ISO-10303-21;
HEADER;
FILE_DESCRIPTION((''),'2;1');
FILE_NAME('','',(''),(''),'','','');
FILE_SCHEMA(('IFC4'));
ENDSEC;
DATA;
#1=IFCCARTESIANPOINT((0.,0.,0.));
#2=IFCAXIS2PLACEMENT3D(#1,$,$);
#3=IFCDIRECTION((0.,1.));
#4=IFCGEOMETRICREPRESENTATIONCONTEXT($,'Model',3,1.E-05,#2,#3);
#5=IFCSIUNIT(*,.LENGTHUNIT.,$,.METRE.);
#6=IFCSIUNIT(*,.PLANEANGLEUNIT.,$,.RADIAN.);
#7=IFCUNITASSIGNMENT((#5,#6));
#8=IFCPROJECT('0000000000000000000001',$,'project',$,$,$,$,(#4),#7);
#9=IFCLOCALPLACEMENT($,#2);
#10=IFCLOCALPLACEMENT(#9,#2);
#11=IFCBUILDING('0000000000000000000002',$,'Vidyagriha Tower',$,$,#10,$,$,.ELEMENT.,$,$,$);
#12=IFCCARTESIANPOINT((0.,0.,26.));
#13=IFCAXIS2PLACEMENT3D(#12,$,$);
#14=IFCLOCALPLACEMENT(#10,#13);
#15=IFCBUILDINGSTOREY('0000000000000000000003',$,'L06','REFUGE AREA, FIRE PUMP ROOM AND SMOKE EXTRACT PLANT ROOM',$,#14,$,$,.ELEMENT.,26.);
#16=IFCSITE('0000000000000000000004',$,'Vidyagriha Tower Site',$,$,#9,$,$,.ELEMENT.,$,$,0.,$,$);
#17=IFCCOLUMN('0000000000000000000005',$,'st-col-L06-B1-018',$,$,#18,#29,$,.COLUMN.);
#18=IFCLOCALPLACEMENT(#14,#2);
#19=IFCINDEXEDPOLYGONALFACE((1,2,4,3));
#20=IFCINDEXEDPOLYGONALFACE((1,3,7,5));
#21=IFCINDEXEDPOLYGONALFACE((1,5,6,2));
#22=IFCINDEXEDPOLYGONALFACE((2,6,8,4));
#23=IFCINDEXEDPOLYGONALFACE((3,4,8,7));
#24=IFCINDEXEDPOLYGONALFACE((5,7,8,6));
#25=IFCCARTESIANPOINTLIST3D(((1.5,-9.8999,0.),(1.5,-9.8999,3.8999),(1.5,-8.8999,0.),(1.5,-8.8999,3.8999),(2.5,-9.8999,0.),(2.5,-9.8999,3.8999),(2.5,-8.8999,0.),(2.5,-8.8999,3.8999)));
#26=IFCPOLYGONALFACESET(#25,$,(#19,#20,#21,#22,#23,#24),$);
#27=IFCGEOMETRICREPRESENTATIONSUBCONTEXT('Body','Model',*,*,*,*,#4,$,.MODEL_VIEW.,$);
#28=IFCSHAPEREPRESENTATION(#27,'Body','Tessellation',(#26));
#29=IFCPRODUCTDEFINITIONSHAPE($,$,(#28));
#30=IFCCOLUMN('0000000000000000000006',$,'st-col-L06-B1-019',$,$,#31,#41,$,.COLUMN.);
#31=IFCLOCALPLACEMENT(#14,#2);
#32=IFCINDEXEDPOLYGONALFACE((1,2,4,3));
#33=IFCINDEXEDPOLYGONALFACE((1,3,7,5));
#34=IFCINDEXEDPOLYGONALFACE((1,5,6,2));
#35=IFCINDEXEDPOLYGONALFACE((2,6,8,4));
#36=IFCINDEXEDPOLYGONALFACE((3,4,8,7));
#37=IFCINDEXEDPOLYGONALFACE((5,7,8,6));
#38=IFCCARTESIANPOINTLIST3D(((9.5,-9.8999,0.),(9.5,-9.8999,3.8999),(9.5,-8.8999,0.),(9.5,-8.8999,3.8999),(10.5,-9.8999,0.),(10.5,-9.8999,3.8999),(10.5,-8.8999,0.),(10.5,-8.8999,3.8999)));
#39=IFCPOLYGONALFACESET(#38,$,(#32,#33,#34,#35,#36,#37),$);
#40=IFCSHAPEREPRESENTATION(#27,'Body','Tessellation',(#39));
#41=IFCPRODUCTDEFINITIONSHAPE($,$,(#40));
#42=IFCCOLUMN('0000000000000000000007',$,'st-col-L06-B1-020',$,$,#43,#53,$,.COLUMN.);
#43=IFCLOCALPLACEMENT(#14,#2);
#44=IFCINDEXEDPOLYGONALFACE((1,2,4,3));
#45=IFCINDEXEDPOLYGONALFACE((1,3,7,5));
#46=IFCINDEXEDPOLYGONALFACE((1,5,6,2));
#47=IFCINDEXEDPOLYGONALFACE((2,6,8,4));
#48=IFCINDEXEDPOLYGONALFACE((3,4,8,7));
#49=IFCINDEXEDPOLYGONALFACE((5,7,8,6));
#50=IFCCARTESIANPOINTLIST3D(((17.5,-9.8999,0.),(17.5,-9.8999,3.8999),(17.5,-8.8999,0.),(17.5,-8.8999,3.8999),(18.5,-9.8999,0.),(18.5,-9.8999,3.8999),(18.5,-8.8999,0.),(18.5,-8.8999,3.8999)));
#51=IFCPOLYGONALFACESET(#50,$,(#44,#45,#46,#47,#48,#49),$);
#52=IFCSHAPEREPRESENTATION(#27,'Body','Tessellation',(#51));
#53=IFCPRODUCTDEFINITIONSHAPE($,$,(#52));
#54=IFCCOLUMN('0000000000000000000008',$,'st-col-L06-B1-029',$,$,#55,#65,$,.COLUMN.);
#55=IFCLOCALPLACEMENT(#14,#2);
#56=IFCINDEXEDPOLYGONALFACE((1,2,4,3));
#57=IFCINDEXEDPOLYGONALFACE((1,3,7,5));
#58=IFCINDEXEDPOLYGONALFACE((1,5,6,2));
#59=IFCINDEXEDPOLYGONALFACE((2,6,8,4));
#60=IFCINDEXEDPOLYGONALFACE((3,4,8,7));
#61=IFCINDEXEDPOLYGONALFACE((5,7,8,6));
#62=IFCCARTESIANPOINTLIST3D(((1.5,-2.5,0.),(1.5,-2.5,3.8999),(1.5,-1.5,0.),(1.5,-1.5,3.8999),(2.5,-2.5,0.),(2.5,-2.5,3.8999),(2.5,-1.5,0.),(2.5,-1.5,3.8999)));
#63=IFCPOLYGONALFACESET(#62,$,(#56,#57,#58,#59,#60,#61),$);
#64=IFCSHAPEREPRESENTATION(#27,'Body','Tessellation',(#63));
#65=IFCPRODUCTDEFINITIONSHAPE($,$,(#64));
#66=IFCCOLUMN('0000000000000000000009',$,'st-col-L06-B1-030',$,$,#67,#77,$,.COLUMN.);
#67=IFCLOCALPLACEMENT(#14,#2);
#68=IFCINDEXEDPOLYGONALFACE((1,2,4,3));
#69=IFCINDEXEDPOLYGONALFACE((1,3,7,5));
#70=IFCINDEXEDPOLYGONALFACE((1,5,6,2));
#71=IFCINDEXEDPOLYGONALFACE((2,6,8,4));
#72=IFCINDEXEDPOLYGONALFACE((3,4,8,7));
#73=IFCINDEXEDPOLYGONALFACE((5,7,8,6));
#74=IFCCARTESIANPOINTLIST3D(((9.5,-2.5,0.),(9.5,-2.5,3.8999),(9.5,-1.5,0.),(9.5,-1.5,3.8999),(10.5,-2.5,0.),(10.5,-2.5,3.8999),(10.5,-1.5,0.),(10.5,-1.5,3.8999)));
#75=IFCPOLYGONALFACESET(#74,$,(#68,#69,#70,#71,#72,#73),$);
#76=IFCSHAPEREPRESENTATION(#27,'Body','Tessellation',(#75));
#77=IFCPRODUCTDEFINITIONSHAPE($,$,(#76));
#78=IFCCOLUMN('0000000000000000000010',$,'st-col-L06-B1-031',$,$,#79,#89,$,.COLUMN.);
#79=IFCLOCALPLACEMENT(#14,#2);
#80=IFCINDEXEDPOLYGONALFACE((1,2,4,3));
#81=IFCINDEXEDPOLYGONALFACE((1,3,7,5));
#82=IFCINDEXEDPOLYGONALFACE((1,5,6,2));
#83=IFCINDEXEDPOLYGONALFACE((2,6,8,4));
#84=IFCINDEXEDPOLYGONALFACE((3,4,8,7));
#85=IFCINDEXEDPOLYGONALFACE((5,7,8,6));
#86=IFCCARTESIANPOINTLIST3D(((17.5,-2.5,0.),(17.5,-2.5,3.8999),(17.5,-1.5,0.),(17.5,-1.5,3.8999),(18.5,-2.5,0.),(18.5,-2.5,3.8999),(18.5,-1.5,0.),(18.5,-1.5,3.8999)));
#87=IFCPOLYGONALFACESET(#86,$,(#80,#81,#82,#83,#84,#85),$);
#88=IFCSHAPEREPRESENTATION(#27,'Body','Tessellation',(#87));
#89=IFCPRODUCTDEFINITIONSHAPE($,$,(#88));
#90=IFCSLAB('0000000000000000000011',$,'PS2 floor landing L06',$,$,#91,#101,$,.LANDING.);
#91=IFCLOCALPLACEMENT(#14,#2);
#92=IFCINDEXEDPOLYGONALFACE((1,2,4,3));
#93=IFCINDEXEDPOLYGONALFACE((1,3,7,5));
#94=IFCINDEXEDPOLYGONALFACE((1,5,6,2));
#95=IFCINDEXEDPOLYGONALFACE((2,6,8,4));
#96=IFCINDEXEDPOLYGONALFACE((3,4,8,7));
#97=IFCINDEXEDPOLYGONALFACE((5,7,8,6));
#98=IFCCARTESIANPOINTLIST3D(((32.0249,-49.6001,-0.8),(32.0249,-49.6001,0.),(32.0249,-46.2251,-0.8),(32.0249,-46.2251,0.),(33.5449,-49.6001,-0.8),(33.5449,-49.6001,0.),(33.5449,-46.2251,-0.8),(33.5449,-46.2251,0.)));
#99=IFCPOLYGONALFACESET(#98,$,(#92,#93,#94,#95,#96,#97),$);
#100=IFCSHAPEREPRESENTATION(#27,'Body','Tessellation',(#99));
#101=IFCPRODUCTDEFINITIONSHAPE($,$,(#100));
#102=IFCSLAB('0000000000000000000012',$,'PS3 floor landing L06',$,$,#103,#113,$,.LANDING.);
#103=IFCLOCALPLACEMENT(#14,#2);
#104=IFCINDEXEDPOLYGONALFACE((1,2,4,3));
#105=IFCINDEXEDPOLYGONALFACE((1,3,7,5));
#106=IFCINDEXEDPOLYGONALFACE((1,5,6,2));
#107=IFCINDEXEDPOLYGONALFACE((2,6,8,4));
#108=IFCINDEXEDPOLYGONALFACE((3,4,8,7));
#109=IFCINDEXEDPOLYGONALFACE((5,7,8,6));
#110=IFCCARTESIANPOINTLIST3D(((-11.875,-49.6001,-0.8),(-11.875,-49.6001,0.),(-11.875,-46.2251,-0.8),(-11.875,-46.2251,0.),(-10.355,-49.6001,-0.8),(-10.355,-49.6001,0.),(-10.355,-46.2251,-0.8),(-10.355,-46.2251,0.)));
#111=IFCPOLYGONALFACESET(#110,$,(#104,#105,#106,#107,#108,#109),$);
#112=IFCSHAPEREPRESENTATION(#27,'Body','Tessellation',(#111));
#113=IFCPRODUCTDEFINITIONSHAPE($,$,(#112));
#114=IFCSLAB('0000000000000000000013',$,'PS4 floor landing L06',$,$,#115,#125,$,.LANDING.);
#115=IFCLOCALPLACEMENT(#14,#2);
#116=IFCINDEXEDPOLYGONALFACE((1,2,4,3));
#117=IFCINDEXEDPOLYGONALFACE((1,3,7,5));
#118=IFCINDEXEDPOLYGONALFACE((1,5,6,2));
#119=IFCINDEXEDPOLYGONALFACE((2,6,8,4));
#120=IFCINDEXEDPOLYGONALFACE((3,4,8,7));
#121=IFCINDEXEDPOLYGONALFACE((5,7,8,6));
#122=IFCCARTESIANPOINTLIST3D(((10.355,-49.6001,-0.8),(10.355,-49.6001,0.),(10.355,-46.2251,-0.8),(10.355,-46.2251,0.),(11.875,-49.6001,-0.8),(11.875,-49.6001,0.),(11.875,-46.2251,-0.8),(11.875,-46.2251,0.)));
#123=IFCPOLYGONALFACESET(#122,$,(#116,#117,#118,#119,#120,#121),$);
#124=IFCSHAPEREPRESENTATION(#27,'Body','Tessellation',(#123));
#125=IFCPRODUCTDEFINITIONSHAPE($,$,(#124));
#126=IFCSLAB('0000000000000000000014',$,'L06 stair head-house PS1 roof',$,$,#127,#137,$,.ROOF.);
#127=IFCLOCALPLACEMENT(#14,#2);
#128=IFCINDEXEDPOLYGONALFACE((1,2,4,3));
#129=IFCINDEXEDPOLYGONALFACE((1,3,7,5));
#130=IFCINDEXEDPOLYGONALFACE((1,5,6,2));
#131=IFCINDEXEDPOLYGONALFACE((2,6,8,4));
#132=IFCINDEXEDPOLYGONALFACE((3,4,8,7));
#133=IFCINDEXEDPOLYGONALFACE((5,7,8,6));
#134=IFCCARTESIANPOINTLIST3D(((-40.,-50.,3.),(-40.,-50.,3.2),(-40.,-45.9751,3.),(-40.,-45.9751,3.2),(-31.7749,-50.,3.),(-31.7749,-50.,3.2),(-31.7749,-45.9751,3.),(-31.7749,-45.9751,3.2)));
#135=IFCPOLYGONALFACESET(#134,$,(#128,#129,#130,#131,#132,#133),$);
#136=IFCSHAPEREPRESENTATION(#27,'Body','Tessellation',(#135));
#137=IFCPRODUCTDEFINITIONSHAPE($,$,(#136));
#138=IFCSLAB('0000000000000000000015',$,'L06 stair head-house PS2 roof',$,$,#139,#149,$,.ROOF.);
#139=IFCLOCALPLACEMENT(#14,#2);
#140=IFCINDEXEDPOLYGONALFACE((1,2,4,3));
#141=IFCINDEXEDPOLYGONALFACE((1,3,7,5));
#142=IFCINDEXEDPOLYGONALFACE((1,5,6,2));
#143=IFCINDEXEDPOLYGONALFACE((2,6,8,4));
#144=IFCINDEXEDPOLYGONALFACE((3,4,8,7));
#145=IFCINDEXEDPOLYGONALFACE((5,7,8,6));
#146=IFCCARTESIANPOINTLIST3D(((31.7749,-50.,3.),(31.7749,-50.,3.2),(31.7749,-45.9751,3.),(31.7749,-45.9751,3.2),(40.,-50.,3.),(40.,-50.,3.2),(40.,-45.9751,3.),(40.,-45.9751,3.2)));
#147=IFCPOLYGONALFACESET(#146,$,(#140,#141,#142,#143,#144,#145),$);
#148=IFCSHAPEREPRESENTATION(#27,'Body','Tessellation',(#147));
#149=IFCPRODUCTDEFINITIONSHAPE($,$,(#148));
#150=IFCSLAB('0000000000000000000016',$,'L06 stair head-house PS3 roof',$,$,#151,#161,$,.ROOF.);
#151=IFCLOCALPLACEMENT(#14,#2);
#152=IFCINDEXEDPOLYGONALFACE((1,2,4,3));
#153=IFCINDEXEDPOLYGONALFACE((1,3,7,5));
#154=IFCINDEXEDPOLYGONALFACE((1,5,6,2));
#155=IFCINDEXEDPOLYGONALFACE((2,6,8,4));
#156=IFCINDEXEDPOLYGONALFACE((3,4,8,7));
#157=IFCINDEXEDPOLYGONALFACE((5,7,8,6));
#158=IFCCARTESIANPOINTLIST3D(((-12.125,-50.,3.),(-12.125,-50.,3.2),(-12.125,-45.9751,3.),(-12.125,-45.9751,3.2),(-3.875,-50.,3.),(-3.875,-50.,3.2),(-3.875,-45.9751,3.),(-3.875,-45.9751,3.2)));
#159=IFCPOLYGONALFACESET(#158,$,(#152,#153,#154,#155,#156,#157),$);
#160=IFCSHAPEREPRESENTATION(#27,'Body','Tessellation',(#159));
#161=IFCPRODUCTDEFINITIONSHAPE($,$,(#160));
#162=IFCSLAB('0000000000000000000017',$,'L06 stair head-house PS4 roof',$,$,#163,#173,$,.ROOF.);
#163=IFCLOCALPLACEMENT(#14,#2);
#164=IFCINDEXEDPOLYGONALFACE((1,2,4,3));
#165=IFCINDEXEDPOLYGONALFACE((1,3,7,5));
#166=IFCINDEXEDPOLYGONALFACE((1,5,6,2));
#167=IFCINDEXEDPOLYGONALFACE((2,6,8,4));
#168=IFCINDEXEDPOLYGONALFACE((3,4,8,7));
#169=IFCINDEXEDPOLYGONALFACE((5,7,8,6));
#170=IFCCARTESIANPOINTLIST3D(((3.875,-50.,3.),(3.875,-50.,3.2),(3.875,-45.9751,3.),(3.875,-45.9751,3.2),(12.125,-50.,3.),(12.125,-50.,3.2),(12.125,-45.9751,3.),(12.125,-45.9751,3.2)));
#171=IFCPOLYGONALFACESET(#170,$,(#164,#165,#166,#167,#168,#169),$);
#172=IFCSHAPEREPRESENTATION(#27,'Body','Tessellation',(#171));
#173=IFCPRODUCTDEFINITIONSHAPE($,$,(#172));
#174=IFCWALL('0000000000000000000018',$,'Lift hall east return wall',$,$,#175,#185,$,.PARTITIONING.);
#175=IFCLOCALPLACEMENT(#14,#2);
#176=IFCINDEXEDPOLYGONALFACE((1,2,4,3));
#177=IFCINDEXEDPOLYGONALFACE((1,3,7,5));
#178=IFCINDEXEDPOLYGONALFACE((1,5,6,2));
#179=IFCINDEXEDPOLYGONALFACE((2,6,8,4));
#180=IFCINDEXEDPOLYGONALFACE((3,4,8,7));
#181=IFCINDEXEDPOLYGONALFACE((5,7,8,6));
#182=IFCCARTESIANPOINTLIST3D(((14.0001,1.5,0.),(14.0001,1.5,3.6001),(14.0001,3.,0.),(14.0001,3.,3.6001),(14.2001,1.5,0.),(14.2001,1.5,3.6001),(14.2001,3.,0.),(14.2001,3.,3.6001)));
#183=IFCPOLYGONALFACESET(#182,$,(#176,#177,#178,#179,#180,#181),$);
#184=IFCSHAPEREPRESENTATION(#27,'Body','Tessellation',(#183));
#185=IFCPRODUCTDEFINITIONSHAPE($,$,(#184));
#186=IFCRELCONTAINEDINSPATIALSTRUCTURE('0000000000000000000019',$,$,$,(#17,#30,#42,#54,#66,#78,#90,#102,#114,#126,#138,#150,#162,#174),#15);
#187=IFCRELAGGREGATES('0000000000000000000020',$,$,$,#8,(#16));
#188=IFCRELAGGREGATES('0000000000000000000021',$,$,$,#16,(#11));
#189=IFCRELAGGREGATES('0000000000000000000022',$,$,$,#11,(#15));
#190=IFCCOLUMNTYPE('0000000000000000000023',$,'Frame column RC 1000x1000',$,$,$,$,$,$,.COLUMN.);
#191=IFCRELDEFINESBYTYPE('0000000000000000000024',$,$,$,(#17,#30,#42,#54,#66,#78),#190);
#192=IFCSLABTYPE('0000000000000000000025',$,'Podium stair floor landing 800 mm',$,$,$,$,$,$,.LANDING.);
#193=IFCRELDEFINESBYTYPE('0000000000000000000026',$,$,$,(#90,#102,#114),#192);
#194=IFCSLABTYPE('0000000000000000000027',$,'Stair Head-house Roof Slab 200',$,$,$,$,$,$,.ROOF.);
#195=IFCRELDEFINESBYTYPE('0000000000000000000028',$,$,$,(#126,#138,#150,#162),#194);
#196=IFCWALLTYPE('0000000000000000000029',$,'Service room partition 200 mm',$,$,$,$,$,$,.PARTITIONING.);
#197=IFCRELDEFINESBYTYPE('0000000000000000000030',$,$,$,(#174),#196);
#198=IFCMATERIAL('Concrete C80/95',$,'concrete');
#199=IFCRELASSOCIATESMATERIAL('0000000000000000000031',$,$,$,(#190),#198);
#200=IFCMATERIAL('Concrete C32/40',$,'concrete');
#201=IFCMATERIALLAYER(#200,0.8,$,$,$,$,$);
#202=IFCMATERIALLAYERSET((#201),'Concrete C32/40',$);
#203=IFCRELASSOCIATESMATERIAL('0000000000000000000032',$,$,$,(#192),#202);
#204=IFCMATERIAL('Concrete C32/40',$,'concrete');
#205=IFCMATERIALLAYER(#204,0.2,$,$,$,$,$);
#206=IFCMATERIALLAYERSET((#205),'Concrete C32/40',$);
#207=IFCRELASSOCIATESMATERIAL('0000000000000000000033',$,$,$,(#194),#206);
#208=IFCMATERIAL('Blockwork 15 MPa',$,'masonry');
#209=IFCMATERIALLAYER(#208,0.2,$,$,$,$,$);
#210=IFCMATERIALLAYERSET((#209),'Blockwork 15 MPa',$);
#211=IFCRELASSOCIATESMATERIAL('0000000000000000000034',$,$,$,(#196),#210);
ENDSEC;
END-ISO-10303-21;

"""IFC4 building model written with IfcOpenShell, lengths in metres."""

from ifc_helpers import new_model, si_unit, direction, frame, frame_2d, origin, origin_2d, place, context, subcontext, project, spatial, polyline, rectangle, outline, extrude, material, layer, layer_set, material_profile, profile_set, type_object, element, save


model = new_model("IFC4")

# Units and contexts
model_context = context("Model", 3, precision=1e-05, world=origin(), true_north=direction((0.0, 1.0)))
body_context = subcontext(model_context, "Body", "Model", "MODEL_VIEW")
ifc_project = project(units=[si_unit("LENGTHUNIT", "METRE"), si_unit("PLANEANGLEUNIT", "RADIAN")], contexts=[model_context])

# Site, building, storey
site_placement = place(None, origin())
site = spatial("IfcSite", under=ifc_project, at=site_placement, Name="Vidyagriha Tower Site", CompositionType="ELEMENT", RefElevation=0.0)
building_placement = place(site_placement, origin())
building = spatial("IfcBuilding", under=site, at=building_placement, Name="Vidyagriha Tower", CompositionType="ELEMENT")
storey_placement = place(building_placement, frame((0.0, 0.0, 26.0)))
storey = spatial("IfcBuildingStorey", under=building, at=storey_placement, Name="L06", Description="REFUGE AREA, FIRE PUMP ROOM AND SMOKE EXTRACT PLANT ROOM", CompositionType="ELEMENT", Elevation=26.0)

# Columns
ifc_material_1 = material(Name="Concrete C80/95", Category="concrete")
ifc_material_profile = material_profile(ifc_material_1, rectangle(XDim=1.0, YDim=1.0, at=origin_2d()), Name="RC 1000x1000")
ifc_profile_set = profile_set([ifc_material_profile], Name="Concrete C80/95")
column_type = type_object("IfcColumnType", Name="Frame column RC 1000x1000", PredefinedType="COLUMN", material=ifc_profile_set)
for number, where, name in (
    (1, (2.0, -9.3999, 0.0), "st-col-L06-B1-018"),
    (2, (10.0, -9.3999, 0.0), "st-col-L06-B1-019"),
    (3, (18.0, -9.3999, 0.0), "st-col-L06-B1-020"),
    (4, (2.0, -2.0, 0.0), "st-col-L06-B1-029"),
    (5, (10.0, -2.0, 0.0), "st-col-L06-B1-030"),
    (6, (18.0, -2.0, 0.0), "st-col-L06-B1-031"),
):
    element("IfcColumn", number, at=place(storey_placement, frame(where)), inside=storey, type_object=column_type, Name=name, PredefinedType="COLUMN", context=body_context, shape_type="SweptSolid", body=[
        extrude(rectangle(XDim=1.0, YDim=1.0, at=origin_2d()), origin(), (0.0, 0.0, 1.0), 3.8999),
    ])

# Slabs
ifc_material_2 = material(Name="Concrete C32/40", Category="concrete")
ifc_layer_1 = layer(ifc_material_2, 0.8)
ifc_layer_set_1 = layer_set([ifc_layer_1], Name="Concrete C32/40")
slab_type_1 = type_object("IfcSlabType", Name="Podium stair floor landing 800 mm", PredefinedType="LANDING", material=ifc_layer_set_1)
slab_1_placement = place(storey_placement, frame((0.0, 0.0, -0.8)))
element("IfcSlab", 7, at=slab_1_placement, inside=storey, type_object=slab_type_1, Name="PS2 floor landing L06", PredefinedType="LANDING", context=body_context, shape_type="SweptSolid", body=[
    extrude(outline(polyline([(32.0249, -49.6001), (33.5449, -49.6001), (33.5449, -46.2251), (32.0249, -46.2251), (32.0249, -49.6001)])), origin(), (0.0, 0.0, 1.0), 0.8),
])
slab_2_placement = place(storey_placement, frame((0.0, 0.0, -0.8)))
element("IfcSlab", 8, at=slab_2_placement, inside=storey, type_object=slab_type_1, Name="PS3 floor landing L06", PredefinedType="LANDING", context=body_context, shape_type="SweptSolid", body=[
    extrude(outline(polyline([(-11.875, -49.6001), (-10.355, -49.6001), (-10.355, -46.2251), (-11.875, -46.2251), (-11.875, -49.6001)])), origin(), (0.0, 0.0, 1.0), 0.8),
])
slab_3_placement = place(storey_placement, frame((0.0, 0.0, -0.8)))
element("IfcSlab", 9, at=slab_3_placement, inside=storey, type_object=slab_type_1, Name="PS4 floor landing L06", PredefinedType="LANDING", context=body_context, shape_type="SweptSolid", body=[
    extrude(outline(polyline([(10.355, -49.6001), (11.875, -49.6001), (11.875, -46.2251), (10.355, -46.2251), (10.355, -49.6001)])), origin(), (0.0, 0.0, 1.0), 0.8),
])
ifc_material_3 = material(Name="Concrete C32/40", Category="concrete")
ifc_layer_2 = layer(ifc_material_3, 0.2)
ifc_layer_set_2 = layer_set([ifc_layer_2], Name="Concrete C32/40")
slab_type_2 = type_object("IfcSlabType", Name="Stair Head-house Roof Slab 200", PredefinedType="ROOF", material=ifc_layer_set_2)
slab_4_placement = place(storey_placement, frame((0.0, 0.0, 3.0)))
element("IfcSlab", 10, at=slab_4_placement, inside=storey, type_object=slab_type_2, Name="L06 stair head-house PS1 roof", PredefinedType="ROOF", context=body_context, shape_type="SweptSolid", body=[
    extrude(outline(polyline([(-40.0, -50.0), (-31.7749, -50.0), (-31.7749, -45.9751), (-40.0, -45.9751), (-40.0, -50.0)])), origin(), (0.0, 0.0, 1.0), 0.2),
])
slab_5_placement = place(storey_placement, frame((0.0, 0.0, 3.0)))
element("IfcSlab", 11, at=slab_5_placement, inside=storey, type_object=slab_type_2, Name="L06 stair head-house PS2 roof", PredefinedType="ROOF", context=body_context, shape_type="SweptSolid", body=[
    extrude(outline(polyline([(31.7749, -50.0), (40.0, -50.0), (40.0, -45.9751), (31.7749, -45.9751), (31.7749, -50.0)])), origin(), (0.0, 0.0, 1.0), 0.2),
])
slab_6_placement = place(storey_placement, frame((0.0, 0.0, 3.0)))
element("IfcSlab", 12, at=slab_6_placement, inside=storey, type_object=slab_type_2, Name="L06 stair head-house PS3 roof", PredefinedType="ROOF", context=body_context, shape_type="SweptSolid", body=[
    extrude(outline(polyline([(-12.125, -50.0), (-3.875, -50.0), (-3.875, -45.9751), (-12.125, -45.9751), (-12.125, -50.0)])), origin(), (0.0, 0.0, 1.0), 0.2),
])
slab_7_placement = place(storey_placement, frame((0.0, 0.0, 3.0)))
element("IfcSlab", 13, at=slab_7_placement, inside=storey, type_object=slab_type_2, Name="L06 stair head-house PS4 roof", PredefinedType="ROOF", context=body_context, shape_type="SweptSolid", body=[
    extrude(outline(polyline([(3.875, -50.0), (12.125, -50.0), (12.125, -45.9751), (3.875, -45.9751), (3.875, -50.0)])), origin(), (0.0, 0.0, 1.0), 0.2),
])

# Wall
ifc_material_4 = material(Name="Blockwork 15 MPa", Category="masonry")
ifc_layer_3 = layer(ifc_material_4, 0.2)
ifc_layer_set_3 = layer_set([ifc_layer_3], Name="Blockwork 15 MPa")
wall_type = type_object("IfcWallType", Name="Service room partition 200 mm", PredefinedType="PARTITIONING", material=ifc_layer_set_3)
wall_placement = place(storey_placement, frame((14.1001, 1.5, 0.0), z_axis=(0.0, 0.0, 1.0), x_axis=(0.0, 1.0, 0.0)))
element("IfcWall", 14, at=wall_placement, inside=storey, type_object=wall_type, Name="Lift hall east return wall", PredefinedType="PARTITIONING", context=body_context, shape_type="SweptSolid", body=[
    extrude(rectangle(XDim=1.5, YDim=0.2, at=frame_2d((0.75, 0.0))), origin(), (0.0, 0.0, 1.0), 3.6001),
])

save(model, "model.ifc")
